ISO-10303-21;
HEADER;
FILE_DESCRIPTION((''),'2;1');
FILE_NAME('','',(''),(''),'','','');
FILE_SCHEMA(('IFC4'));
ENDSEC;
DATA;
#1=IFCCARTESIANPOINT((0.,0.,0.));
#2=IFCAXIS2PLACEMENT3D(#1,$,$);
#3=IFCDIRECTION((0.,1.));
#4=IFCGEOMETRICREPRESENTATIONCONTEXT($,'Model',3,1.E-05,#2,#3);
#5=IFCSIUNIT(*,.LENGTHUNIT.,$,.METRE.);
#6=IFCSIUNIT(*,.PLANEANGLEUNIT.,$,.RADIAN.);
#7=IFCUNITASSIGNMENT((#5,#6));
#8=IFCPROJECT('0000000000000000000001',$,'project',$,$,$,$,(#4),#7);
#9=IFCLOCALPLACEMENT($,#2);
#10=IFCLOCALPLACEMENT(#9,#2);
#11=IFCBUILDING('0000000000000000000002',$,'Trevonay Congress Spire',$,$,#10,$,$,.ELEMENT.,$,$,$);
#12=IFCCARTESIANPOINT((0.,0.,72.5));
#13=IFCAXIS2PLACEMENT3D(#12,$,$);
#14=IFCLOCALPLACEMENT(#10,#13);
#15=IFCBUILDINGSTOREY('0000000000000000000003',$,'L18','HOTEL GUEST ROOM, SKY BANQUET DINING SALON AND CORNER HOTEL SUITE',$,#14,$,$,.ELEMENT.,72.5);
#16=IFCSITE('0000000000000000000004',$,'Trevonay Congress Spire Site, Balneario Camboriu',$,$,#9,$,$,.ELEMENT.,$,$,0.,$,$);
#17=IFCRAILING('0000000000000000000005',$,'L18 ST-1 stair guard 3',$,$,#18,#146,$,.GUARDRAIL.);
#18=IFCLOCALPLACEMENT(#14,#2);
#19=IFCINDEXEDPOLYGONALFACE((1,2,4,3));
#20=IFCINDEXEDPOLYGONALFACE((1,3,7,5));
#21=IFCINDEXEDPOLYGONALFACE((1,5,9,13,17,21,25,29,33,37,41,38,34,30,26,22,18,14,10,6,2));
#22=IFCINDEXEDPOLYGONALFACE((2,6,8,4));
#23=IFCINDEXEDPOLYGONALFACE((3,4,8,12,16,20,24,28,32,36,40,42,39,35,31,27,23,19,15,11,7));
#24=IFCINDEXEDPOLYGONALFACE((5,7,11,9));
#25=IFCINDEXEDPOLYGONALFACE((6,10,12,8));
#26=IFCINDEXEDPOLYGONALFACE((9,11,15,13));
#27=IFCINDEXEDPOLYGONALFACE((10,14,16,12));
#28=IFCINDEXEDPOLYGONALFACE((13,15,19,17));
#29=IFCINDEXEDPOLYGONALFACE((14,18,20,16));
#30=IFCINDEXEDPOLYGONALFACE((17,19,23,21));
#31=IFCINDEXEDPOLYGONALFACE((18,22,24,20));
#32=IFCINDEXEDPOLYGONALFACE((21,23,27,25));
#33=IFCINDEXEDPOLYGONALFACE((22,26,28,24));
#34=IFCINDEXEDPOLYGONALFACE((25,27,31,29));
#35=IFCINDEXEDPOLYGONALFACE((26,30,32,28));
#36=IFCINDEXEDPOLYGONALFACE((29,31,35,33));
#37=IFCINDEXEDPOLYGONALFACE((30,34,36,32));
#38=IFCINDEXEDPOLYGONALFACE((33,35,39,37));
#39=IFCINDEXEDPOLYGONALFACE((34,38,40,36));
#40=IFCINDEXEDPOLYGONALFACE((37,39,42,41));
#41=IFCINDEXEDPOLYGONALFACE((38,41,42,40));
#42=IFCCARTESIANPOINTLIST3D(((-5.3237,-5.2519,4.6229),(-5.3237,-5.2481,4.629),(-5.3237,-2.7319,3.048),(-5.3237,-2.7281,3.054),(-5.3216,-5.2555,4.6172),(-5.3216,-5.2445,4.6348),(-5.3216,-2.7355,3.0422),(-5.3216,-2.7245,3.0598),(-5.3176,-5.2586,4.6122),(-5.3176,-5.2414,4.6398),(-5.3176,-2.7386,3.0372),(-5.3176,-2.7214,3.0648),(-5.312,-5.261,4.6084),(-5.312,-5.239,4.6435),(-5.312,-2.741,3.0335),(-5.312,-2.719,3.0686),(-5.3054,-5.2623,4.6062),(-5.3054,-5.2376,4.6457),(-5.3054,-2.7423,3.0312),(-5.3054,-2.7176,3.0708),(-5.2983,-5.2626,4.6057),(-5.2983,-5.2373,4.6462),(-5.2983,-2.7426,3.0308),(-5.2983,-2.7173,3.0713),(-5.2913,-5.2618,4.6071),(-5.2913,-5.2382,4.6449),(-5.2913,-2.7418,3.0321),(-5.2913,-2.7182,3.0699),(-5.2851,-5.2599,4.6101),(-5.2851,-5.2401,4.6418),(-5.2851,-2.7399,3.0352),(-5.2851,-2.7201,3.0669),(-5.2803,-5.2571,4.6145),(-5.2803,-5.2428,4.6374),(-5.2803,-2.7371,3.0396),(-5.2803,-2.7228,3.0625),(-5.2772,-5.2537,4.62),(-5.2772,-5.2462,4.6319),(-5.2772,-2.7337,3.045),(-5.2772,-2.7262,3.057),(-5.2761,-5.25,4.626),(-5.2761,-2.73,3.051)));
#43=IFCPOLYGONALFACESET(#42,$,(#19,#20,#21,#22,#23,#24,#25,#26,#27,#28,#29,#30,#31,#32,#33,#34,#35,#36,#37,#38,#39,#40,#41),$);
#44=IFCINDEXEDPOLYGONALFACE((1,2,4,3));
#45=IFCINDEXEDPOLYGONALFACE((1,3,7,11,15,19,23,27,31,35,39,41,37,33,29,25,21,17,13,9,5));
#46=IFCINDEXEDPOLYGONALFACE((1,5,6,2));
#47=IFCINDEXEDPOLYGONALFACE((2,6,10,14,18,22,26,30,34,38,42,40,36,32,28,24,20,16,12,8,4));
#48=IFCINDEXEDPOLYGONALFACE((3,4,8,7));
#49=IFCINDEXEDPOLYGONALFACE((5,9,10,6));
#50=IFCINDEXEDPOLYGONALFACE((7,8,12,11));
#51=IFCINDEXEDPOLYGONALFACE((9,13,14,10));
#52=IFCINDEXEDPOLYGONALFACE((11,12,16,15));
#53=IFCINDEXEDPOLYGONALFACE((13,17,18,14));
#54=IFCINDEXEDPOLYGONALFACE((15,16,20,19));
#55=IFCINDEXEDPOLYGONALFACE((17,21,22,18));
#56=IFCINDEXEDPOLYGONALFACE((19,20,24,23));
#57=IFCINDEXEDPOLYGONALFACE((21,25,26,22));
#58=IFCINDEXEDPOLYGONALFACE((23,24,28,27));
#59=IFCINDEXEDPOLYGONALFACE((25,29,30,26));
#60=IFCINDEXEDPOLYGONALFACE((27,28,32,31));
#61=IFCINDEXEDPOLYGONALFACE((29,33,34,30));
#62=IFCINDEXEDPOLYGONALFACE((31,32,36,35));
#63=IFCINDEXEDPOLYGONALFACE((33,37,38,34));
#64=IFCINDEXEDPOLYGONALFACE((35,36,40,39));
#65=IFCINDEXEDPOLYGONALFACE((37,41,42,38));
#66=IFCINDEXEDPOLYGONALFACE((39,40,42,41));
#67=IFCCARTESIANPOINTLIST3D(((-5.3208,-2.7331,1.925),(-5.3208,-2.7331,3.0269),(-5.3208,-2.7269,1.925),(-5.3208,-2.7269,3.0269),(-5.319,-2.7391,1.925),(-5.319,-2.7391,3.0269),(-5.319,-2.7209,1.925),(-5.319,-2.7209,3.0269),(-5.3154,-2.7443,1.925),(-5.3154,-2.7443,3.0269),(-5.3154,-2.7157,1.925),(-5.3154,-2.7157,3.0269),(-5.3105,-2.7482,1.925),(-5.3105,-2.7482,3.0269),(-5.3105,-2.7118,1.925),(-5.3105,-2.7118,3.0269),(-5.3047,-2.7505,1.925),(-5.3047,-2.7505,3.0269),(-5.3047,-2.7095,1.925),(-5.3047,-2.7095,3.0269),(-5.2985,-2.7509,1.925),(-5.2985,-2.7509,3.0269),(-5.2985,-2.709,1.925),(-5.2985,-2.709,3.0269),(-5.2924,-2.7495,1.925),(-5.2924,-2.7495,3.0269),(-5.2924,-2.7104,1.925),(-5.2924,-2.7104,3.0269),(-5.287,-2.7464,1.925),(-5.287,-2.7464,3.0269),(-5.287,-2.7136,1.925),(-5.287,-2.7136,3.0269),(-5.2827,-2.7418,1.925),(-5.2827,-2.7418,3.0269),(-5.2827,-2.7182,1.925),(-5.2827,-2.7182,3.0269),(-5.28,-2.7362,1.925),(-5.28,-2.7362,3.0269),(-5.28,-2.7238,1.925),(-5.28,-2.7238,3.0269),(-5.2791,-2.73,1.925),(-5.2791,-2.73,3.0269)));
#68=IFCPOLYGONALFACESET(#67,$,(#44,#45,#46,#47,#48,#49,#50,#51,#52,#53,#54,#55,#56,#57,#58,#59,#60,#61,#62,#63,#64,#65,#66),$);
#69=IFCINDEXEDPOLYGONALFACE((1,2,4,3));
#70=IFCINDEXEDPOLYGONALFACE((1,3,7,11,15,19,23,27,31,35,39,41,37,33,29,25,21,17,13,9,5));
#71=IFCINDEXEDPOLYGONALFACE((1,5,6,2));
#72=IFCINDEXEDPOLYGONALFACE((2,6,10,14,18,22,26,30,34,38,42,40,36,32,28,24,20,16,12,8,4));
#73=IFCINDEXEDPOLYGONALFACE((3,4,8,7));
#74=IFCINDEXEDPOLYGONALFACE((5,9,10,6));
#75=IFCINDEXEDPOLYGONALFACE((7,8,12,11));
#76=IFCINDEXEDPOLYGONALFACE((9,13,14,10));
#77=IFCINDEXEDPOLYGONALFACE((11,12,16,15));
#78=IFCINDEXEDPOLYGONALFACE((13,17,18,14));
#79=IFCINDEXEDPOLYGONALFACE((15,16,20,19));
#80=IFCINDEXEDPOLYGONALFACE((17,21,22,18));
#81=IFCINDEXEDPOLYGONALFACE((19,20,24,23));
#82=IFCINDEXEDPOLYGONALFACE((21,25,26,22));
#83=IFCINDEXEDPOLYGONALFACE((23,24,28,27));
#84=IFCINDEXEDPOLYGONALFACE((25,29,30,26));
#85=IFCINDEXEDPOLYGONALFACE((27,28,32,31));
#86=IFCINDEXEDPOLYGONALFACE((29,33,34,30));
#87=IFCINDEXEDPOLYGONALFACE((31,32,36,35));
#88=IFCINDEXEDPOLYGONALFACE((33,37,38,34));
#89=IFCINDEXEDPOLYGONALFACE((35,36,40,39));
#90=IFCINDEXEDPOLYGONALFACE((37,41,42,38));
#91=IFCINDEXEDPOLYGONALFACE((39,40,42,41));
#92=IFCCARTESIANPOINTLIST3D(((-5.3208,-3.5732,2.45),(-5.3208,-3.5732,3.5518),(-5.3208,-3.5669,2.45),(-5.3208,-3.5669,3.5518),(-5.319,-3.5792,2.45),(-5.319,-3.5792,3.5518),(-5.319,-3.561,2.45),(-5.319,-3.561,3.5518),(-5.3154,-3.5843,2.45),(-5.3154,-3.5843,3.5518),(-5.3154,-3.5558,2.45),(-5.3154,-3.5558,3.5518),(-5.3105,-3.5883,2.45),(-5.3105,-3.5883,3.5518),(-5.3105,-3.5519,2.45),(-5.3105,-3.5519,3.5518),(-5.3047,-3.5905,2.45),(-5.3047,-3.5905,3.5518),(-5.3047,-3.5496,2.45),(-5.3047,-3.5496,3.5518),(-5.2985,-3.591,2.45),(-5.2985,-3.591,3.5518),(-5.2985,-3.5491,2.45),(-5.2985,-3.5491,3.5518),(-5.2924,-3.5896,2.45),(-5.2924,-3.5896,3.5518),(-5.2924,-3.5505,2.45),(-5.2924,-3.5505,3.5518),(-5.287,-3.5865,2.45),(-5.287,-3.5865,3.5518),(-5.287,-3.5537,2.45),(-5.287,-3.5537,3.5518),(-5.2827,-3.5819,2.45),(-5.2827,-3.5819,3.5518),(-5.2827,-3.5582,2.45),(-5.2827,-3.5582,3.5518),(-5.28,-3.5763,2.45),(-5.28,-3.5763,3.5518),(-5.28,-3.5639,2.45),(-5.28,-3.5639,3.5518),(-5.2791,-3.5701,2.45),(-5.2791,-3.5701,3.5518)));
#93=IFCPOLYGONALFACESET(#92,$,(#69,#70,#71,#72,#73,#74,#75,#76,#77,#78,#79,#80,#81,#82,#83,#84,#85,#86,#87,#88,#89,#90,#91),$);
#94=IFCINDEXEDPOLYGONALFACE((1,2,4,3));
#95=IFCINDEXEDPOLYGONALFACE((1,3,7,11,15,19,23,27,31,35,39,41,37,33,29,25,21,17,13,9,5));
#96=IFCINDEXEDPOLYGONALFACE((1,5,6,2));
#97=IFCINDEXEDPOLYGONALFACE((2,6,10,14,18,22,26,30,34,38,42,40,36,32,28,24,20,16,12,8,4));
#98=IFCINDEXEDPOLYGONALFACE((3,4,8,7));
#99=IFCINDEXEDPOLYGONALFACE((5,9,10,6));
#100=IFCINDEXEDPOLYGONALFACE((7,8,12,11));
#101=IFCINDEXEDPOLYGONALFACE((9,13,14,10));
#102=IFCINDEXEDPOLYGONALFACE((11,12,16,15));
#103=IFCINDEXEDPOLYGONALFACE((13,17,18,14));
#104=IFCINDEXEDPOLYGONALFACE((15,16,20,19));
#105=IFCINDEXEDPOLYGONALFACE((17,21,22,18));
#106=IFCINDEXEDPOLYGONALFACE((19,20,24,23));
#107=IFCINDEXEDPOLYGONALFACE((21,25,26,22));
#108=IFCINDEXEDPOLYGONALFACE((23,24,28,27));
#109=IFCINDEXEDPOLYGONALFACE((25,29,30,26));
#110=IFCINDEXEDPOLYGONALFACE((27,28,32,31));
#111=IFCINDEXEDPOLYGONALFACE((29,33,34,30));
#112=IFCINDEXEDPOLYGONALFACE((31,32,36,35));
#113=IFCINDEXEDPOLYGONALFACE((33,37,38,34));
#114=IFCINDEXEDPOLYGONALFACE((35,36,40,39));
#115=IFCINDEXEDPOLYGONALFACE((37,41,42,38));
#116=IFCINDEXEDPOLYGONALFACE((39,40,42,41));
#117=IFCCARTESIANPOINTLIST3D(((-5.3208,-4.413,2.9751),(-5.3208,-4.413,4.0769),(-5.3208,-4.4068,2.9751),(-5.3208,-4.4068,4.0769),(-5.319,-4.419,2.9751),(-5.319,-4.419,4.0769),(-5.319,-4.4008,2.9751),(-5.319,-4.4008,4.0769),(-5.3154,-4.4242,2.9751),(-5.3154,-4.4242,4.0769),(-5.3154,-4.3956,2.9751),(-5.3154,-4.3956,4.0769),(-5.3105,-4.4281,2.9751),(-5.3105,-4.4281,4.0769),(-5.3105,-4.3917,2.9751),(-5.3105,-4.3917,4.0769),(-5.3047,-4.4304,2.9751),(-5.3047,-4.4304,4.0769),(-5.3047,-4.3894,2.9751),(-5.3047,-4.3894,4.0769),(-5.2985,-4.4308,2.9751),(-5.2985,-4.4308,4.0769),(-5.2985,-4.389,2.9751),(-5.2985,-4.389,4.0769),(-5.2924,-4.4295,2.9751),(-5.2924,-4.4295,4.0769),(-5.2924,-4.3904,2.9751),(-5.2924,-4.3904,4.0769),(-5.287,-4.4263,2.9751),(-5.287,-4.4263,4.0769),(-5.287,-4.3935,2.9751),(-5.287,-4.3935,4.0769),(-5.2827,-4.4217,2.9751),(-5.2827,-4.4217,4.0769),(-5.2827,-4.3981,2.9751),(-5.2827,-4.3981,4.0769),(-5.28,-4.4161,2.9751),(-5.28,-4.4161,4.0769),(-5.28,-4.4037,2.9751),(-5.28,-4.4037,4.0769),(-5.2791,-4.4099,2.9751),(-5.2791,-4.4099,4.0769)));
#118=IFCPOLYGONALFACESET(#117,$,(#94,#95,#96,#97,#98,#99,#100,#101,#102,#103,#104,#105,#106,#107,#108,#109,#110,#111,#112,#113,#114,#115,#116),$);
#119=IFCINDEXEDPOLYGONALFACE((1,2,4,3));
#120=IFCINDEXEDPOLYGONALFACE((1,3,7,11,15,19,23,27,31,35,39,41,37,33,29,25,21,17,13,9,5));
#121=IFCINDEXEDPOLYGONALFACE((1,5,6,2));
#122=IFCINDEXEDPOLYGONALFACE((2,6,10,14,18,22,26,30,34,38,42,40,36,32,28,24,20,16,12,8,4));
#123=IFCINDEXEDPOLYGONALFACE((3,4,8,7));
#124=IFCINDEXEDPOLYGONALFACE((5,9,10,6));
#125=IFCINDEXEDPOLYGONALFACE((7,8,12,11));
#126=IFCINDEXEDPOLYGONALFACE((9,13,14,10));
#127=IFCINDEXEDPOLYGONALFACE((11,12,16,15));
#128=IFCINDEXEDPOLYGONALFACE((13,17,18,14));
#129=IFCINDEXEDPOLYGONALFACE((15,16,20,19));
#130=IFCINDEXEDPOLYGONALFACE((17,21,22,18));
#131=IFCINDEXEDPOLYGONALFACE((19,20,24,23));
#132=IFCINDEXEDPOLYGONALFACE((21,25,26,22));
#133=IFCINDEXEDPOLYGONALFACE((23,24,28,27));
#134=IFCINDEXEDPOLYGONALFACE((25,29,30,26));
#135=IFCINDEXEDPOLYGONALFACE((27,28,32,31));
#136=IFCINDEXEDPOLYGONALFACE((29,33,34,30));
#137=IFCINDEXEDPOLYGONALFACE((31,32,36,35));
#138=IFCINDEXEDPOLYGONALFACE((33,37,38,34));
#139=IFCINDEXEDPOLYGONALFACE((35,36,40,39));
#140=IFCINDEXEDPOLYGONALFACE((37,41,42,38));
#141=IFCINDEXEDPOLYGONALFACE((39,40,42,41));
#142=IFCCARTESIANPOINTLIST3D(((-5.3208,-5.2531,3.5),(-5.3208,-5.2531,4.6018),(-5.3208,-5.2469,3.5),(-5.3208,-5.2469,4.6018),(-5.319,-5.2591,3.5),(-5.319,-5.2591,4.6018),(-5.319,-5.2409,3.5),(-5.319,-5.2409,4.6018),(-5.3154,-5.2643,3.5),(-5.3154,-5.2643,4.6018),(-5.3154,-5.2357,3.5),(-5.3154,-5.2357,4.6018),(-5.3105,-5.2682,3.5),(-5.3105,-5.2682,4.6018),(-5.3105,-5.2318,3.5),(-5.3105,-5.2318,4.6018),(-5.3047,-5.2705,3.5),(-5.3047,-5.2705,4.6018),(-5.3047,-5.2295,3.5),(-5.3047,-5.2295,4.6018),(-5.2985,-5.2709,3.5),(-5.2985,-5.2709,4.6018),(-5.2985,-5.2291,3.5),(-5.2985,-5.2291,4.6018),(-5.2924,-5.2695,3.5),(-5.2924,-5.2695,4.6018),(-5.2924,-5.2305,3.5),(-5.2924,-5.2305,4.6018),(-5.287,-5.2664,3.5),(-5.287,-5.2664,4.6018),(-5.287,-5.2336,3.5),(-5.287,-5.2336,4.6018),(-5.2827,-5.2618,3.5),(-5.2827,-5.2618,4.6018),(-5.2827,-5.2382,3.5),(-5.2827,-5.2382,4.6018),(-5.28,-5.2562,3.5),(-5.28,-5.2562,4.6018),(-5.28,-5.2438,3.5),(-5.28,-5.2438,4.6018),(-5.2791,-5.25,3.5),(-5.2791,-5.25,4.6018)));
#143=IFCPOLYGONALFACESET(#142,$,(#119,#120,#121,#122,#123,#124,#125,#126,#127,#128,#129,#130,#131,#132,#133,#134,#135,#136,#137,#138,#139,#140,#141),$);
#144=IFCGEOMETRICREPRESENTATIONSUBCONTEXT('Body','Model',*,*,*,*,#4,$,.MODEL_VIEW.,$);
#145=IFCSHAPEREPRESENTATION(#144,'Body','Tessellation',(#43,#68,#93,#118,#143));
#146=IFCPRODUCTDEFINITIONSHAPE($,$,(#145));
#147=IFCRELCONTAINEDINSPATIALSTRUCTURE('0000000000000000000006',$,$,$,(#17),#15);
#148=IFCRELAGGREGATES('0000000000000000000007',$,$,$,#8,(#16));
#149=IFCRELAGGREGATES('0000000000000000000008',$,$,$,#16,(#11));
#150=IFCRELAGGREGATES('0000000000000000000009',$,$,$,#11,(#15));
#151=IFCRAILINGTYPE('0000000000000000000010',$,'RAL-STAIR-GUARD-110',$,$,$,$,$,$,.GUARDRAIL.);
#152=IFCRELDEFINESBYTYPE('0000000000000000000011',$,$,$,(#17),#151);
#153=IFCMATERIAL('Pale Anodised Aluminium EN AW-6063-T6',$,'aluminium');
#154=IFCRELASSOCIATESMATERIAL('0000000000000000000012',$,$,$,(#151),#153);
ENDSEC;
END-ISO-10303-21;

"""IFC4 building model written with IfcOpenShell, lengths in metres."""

from ifc_helpers import new_model, si_unit, direction, frame, origin, origin_2d, place, context, subcontext, project, spatial, circle, extrude, material, type_object, element, save


model = new_model("IFC4")

# Units and contexts
model_context = context("Model", 3, precision=1e-05, world=origin(), true_north=direction((0.0, 1.0)))
body_context = subcontext(model_context, "Body", "Model", "MODEL_VIEW")
ifc_project = project(units=[si_unit("LENGTHUNIT", "METRE"), si_unit("PLANEANGLEUNIT", "RADIAN")], contexts=[model_context])

# Site, building, storey
site_placement = place(None, origin())
site = spatial("IfcSite", under=ifc_project, at=site_placement, Name="Trevonay Congress Spire Site, Balneario Camboriu", CompositionType="ELEMENT", RefElevation=0.0)
building_placement = place(site_placement, origin())
building = spatial("IfcBuilding", under=site, at=building_placement, Name="Trevonay Congress Spire", CompositionType="ELEMENT")
storey_placement = place(building_placement, frame((0.0, 0.0, 72.5)))
storey = spatial("IfcBuildingStorey", under=building, at=storey_placement, Name="L18", Description="HOTEL GUEST ROOM, SKY BANQUET DINING SALON AND CORNER HOTEL SUITE", CompositionType="ELEMENT", Elevation=72.5)

# Shared definitions
ifc_material_1 = material(Name="Pale Anodised Aluminium EN AW-6063-T6", Category="aluminium")

# Railing
railing_type_1 = type_object("IfcRailingType", Name="RAL-STAIR-GUARD-110", PredefinedType="GUARDRAIL", material=ifc_material_1)
railing_1_placement = place(storey_placement, frame((-5.3, -2.73, 1.925)))
element("IfcRailing", 1, at=railing_1_placement, inside=storey, type_object=railing_type_1, Name="L18 ST-1 stair guard 3", PredefinedType="GUARDRAIL", context=body_context, shape_type="SweptSolid", body=[
    extrude(circle(Radius=0.0239, at=origin_2d()), frame((0.0, 0.0, 1.126), z_axis=(0.0, -0.848008, 0.529984), x_axis=(1.0, 0.0, 0.0)), (0.0, 0.0, 1.0), 2.9717),
    extrude(circle(Radius=0.021, at=origin_2d()), origin(), (0.0, 0.0, 1.0), 1.1018),
    extrude(circle(Radius=0.021, at=origin_2d()), frame((0.0, -0.8401, 0.5249)), (0.0, 0.0, 1.0), 1.1018),
    extrude(circle(Radius=0.021, at=origin_2d()), frame((0.0, -1.6799, 1.05)), (0.0, 0.0, 1.0), 1.1018),
    extrude(circle(Radius=0.021, at=origin_2d()), frame((0.0, -2.52, 1.575)), (0.0, 0.0, 1.0), 1.1018),
])

save(model, "model.ifc")
